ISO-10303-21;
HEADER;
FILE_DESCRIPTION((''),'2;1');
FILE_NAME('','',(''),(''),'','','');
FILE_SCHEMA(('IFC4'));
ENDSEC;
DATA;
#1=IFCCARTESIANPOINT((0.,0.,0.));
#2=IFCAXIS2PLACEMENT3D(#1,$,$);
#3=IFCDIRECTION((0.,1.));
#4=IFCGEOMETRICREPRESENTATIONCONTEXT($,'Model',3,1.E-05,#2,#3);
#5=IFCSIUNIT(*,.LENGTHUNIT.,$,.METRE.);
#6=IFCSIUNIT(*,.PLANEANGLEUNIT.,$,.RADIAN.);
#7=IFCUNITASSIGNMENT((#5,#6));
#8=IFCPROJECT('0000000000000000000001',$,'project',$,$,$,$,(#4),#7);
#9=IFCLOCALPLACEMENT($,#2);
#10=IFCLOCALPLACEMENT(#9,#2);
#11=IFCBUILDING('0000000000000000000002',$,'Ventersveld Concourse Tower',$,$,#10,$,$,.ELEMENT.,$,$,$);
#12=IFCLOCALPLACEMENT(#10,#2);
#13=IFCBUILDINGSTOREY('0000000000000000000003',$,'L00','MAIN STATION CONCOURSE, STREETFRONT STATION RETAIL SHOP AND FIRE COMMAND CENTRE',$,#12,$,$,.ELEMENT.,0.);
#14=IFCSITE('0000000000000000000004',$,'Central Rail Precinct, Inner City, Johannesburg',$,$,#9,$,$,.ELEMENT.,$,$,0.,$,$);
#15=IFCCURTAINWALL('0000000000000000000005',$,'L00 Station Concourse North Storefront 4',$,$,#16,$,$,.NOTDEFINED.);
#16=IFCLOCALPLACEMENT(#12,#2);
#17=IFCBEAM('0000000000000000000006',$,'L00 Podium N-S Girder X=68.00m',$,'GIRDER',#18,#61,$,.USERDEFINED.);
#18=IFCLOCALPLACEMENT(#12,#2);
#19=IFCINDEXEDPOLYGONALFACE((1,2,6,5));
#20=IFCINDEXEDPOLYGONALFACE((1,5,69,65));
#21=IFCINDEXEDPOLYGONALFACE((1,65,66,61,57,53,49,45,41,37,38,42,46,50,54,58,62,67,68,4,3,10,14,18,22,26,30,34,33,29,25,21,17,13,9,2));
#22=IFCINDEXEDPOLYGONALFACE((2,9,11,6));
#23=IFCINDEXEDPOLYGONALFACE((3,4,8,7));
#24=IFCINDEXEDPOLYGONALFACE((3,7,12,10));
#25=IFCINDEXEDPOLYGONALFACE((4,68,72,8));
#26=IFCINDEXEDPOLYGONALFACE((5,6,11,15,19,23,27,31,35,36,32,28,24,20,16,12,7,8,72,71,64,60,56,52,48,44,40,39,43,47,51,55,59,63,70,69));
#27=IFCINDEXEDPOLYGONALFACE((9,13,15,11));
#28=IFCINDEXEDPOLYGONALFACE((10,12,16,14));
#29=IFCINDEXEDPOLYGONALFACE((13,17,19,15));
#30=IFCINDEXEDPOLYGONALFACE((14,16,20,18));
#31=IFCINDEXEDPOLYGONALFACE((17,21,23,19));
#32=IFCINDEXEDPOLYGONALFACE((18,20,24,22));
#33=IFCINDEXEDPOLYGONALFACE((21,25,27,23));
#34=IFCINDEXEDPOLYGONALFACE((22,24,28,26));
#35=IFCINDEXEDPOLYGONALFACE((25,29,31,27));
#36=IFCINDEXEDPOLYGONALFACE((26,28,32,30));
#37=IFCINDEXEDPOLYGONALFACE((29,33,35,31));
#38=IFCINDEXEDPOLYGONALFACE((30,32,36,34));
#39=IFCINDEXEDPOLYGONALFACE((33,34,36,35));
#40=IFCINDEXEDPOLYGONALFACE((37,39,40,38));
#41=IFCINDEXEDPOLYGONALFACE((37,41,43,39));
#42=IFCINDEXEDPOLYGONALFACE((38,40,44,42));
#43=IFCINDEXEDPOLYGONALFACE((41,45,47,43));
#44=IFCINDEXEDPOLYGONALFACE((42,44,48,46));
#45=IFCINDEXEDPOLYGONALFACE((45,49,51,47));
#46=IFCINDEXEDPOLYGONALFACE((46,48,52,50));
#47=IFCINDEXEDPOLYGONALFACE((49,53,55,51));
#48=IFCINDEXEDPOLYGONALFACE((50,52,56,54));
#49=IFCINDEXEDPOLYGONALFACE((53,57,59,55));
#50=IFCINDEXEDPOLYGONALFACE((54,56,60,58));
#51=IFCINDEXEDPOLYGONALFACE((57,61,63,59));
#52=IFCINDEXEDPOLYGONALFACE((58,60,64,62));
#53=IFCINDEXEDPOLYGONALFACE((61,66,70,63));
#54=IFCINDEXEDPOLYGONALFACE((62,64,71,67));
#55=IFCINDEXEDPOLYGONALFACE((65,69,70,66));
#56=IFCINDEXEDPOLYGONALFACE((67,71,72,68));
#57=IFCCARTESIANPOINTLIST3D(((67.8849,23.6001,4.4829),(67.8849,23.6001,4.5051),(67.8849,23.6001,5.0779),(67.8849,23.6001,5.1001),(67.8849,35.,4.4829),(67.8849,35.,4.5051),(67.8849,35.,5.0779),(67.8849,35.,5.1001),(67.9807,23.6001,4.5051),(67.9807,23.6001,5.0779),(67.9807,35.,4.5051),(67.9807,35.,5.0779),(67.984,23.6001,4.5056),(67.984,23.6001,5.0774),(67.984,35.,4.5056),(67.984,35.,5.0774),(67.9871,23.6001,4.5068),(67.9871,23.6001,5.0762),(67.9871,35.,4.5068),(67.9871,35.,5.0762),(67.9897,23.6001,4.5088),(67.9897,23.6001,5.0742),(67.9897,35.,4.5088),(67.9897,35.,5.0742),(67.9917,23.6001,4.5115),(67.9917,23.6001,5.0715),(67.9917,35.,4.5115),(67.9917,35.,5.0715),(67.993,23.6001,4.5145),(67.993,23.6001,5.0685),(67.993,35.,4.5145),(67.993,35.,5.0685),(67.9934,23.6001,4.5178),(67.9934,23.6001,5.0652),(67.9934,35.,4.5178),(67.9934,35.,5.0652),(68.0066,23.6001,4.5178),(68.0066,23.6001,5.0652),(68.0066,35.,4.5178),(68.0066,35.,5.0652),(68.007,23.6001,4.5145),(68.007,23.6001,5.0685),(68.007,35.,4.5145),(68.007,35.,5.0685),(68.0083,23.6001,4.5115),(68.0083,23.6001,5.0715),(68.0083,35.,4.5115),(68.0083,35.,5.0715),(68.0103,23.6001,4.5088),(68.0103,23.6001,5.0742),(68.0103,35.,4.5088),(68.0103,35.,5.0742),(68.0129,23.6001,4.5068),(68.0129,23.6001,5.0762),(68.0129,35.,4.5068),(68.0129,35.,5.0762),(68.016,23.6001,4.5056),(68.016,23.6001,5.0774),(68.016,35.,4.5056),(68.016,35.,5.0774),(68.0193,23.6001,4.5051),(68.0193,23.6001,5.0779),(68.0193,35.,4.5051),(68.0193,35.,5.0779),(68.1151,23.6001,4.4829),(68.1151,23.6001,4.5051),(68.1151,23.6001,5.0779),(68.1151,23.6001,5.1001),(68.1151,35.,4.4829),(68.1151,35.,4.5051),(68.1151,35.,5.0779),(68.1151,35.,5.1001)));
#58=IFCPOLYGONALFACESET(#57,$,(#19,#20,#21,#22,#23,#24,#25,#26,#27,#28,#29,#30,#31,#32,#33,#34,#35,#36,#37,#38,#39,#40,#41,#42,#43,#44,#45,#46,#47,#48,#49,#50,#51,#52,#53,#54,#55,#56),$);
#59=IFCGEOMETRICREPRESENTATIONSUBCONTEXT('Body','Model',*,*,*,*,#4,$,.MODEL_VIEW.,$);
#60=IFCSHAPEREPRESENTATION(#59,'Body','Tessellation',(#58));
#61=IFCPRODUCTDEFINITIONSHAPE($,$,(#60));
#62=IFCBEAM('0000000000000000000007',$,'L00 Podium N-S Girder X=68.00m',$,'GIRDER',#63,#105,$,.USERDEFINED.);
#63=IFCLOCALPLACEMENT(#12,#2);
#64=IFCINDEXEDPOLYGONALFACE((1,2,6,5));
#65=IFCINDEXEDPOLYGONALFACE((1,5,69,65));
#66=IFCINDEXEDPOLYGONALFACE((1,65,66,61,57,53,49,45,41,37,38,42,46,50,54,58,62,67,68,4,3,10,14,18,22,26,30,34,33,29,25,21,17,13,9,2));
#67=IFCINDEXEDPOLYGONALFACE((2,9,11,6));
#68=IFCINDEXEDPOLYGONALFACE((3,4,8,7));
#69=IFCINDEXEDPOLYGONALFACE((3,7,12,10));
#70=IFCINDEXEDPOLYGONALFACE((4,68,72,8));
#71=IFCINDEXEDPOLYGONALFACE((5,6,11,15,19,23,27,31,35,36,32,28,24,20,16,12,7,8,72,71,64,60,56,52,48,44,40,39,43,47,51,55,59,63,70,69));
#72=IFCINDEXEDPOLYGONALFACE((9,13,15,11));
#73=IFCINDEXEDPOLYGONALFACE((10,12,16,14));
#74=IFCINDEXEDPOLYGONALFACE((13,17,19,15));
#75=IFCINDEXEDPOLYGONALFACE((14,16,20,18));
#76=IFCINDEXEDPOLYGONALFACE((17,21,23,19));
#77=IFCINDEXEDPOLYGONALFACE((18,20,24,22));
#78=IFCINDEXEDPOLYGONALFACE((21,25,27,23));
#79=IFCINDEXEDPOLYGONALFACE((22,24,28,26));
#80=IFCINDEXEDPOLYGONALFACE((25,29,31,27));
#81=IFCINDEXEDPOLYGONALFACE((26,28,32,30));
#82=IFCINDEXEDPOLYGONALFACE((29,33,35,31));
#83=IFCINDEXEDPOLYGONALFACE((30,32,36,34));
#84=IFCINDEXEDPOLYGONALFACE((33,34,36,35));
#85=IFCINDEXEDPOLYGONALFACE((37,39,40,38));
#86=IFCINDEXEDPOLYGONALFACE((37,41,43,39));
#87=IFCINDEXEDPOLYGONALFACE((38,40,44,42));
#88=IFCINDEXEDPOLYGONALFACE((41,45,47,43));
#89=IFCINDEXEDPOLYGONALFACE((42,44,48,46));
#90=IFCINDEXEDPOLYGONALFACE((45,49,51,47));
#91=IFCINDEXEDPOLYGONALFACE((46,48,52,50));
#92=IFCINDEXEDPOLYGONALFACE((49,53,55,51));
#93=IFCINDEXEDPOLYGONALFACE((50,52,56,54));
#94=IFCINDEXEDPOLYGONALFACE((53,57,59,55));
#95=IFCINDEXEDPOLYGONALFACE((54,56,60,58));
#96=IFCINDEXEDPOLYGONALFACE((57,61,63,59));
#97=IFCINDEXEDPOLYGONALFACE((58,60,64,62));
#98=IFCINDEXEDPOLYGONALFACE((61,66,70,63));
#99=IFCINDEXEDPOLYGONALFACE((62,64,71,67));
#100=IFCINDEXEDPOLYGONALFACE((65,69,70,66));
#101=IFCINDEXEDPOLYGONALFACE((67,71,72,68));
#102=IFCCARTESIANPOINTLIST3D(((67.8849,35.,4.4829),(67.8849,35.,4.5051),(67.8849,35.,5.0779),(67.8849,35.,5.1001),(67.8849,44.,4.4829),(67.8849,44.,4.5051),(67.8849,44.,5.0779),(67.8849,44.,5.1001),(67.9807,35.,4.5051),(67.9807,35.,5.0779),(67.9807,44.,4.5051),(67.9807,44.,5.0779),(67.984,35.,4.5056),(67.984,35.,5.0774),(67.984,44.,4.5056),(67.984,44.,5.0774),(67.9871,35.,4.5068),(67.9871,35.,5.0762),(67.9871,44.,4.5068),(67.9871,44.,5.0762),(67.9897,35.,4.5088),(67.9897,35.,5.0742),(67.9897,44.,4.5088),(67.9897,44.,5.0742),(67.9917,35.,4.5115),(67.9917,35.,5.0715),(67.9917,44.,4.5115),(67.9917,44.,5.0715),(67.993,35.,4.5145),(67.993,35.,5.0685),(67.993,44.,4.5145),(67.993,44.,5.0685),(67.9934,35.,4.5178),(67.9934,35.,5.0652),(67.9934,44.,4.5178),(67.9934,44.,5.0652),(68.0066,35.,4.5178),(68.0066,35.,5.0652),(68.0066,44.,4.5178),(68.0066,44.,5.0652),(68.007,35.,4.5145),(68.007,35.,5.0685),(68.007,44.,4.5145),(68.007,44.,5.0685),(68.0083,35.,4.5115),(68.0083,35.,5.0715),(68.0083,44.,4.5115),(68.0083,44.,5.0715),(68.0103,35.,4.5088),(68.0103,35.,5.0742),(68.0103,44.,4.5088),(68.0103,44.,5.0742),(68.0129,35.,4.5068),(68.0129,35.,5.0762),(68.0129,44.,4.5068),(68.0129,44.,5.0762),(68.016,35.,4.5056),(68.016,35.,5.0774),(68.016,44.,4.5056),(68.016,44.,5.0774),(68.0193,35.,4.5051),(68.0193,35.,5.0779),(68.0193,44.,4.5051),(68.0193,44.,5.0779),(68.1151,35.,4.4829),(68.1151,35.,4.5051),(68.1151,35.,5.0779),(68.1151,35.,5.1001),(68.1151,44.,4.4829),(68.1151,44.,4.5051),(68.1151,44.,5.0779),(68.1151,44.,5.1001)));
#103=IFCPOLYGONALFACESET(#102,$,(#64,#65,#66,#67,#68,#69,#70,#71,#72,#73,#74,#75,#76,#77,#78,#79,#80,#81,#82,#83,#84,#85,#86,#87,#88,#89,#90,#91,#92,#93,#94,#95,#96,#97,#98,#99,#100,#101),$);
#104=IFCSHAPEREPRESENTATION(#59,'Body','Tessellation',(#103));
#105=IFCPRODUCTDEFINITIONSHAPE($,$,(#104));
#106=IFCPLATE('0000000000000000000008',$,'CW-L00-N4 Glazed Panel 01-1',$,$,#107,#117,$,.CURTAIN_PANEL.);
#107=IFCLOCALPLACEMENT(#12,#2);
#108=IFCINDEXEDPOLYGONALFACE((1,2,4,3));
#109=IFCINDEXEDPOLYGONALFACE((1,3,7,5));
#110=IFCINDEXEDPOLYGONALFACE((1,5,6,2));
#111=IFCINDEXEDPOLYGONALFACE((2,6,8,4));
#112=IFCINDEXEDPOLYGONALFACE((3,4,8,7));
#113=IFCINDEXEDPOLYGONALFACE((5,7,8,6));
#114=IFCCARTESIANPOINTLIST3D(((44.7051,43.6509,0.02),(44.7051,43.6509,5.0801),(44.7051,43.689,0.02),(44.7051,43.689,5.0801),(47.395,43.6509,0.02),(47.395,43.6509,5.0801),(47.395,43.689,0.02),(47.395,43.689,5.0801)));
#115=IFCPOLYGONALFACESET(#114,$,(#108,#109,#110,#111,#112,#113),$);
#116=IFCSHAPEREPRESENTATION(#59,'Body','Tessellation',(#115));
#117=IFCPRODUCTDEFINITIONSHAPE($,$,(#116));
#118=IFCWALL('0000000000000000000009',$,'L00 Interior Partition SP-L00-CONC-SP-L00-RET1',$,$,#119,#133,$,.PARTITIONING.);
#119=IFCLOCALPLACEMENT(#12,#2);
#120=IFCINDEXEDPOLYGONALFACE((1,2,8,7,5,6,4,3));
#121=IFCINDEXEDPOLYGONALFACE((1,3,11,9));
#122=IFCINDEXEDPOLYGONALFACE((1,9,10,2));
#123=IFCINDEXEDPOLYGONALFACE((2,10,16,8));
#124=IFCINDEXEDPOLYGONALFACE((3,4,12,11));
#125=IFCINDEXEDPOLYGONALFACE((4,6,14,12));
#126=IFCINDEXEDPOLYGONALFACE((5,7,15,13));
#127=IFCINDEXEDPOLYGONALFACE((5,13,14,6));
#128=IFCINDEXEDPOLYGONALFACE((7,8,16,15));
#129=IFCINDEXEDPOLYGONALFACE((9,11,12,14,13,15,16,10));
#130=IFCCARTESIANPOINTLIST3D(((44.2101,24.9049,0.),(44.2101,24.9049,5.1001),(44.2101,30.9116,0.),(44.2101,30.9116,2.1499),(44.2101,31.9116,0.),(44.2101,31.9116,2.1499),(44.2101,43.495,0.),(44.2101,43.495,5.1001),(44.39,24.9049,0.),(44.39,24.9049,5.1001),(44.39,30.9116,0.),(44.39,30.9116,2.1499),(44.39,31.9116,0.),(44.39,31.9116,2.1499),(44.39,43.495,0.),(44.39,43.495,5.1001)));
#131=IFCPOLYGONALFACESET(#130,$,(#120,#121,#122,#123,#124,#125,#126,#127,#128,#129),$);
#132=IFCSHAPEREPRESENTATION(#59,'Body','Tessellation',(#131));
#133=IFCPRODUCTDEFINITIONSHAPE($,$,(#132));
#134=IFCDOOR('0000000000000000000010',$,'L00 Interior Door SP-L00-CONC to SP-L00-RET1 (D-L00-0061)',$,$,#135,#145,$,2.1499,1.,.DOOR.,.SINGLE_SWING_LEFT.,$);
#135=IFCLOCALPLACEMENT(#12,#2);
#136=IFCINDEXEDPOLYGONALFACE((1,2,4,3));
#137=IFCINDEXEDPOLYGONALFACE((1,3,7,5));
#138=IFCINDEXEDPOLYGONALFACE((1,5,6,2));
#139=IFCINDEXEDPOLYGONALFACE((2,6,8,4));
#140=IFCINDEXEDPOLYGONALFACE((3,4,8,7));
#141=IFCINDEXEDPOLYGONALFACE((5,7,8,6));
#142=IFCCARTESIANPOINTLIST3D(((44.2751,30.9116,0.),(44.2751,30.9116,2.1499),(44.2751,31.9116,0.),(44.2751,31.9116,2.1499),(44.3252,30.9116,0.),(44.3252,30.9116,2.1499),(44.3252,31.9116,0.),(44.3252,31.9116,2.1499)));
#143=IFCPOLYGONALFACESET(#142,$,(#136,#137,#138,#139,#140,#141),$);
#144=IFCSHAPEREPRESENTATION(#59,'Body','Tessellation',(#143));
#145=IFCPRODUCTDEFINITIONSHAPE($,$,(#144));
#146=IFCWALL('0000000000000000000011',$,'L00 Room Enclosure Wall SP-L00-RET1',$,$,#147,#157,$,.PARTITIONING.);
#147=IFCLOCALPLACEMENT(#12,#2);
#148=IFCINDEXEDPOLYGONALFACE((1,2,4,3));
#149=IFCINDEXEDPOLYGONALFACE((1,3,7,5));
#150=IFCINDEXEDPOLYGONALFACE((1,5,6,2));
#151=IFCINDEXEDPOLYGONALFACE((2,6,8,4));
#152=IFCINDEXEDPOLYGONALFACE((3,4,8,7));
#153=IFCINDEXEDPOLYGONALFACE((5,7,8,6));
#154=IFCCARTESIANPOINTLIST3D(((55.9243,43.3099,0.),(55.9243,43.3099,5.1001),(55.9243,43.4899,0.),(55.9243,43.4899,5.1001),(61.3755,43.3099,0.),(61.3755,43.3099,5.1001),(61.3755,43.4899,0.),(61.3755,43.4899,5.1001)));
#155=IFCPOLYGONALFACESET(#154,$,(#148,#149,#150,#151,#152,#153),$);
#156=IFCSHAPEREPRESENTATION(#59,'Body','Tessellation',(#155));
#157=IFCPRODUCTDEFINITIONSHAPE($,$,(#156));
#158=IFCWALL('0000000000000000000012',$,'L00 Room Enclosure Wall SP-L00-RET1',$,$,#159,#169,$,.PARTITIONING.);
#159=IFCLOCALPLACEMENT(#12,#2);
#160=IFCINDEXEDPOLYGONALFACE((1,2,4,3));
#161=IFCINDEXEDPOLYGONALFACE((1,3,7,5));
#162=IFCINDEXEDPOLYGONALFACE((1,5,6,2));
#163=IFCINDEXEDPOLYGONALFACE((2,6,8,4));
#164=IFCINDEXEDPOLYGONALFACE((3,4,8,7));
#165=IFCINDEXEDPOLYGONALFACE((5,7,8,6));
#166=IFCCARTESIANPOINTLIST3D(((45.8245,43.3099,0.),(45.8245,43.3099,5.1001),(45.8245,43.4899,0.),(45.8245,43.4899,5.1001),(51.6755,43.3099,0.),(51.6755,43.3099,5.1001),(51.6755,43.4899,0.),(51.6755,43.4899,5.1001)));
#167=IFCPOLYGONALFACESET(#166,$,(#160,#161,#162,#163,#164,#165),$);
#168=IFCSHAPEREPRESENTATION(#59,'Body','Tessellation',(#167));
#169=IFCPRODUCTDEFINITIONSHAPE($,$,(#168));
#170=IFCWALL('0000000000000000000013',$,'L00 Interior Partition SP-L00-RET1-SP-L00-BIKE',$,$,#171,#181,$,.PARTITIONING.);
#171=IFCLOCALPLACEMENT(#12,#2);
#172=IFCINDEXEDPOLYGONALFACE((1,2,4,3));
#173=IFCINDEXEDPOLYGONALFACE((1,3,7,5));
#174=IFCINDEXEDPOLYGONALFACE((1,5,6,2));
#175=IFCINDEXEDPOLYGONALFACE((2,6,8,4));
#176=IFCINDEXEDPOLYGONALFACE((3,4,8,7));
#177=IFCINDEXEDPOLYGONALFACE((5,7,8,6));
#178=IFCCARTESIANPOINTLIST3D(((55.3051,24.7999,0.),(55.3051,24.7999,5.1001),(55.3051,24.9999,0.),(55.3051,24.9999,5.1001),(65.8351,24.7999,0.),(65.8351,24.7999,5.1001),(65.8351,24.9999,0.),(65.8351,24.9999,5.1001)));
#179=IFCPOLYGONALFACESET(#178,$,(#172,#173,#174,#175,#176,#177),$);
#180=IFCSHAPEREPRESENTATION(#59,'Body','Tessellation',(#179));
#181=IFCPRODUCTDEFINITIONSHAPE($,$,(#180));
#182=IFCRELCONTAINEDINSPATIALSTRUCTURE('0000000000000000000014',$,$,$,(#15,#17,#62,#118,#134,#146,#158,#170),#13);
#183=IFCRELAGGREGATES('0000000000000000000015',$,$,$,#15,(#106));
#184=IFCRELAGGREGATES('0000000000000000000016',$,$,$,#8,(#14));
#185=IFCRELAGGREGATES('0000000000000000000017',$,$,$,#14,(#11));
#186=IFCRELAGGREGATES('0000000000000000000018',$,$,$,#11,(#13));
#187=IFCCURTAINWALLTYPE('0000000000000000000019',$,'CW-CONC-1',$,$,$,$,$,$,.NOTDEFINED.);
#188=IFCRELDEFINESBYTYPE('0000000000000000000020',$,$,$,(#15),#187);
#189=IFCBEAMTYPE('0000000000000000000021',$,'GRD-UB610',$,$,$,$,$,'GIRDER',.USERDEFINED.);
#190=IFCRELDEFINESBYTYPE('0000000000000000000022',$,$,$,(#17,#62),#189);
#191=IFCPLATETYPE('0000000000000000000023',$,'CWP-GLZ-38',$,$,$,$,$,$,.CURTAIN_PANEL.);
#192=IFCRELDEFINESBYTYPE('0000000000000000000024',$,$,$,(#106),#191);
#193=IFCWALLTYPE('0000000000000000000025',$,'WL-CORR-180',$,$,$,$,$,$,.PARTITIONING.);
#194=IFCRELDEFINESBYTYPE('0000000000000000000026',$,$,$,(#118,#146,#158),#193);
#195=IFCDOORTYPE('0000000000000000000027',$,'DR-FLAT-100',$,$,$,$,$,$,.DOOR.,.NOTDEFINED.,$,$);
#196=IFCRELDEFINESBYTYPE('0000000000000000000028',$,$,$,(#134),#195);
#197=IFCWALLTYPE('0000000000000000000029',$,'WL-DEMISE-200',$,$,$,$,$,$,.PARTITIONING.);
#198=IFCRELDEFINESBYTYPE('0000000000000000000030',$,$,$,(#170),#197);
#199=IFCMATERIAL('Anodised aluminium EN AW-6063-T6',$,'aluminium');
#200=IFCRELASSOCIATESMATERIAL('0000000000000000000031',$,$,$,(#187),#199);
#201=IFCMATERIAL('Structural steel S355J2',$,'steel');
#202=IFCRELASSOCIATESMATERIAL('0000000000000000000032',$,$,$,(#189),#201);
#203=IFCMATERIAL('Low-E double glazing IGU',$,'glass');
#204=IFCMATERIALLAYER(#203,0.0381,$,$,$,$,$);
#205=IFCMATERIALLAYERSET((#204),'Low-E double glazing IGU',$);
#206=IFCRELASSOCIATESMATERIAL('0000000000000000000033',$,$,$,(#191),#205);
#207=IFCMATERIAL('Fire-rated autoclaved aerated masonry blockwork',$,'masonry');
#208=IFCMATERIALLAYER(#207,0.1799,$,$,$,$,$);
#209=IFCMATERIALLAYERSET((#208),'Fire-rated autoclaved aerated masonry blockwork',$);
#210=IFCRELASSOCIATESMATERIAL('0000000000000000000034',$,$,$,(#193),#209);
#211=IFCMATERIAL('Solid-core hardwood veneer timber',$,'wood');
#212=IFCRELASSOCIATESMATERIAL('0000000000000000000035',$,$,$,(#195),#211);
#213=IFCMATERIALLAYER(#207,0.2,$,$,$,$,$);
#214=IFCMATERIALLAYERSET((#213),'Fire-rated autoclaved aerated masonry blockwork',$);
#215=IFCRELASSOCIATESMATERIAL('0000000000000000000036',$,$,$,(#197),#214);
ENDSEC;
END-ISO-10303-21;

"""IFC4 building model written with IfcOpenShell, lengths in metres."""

from ifc_helpers import new_model, si_unit, direction, frame, frame_2d, origin, origin_2d, place, context, subcontext, project, spatial, rectangle, i_section, extrude, material, layer, layer_set, material_profile, profile_set, type_object, element, fill, aggregate, save


model = new_model("IFC4")

# Units and contexts
model_context = context("Model", 3, precision=1e-05, world=origin(), true_north=direction((0.0, 1.0)))
body_context = subcontext(model_context, "Body", "Model", "MODEL_VIEW")
ifc_project = project(units=[si_unit("LENGTHUNIT", "METRE"), si_unit("PLANEANGLEUNIT", "RADIAN")], contexts=[model_context])

# Site, building, storey
site_placement = place(None, origin())
site = spatial("IfcSite", under=ifc_project, at=site_placement, Name="Central Rail Precinct, Inner City, Johannesburg", CompositionType="ELEMENT", RefElevation=0.0)
building_placement = place(site_placement, origin())
building = spatial("IfcBuilding", under=site, at=building_placement, Name="Ventersveld Concourse Tower", CompositionType="ELEMENT")
storey_placement = place(building_placement, origin())
storey = spatial("IfcBuildingStorey", under=building, at=storey_placement, Name="L00", Description="MAIN STATION CONCOURSE, STREETFRONT STATION RETAIL SHOP AND FIRE COMMAND CENTRE", CompositionType="ELEMENT", Elevation=0.0)

# Curtain wall
ifc_material_1 = material(Name="Anodised aluminium EN AW-6063-T6", Category="aluminium")
curtain_wall_type = type_object("IfcCurtainWallType", Name="CW-CONC-1", PredefinedType="NOTDEFINED", material=ifc_material_1)
curtain_wall_placement = place(storey_placement, origin())
curtain_wall = element("IfcCurtainWall", 1, at=curtain_wall_placement, inside=storey, type_object=curtain_wall_type, Name="L00 Station Concourse North Storefront 4", PredefinedType="NOTDEFINED")

# Beams
ifc_material_2 = material(Name="Structural steel S355J2", Category="steel")
ifc_material_profile_1 = material_profile(ifc_material_2, i_section(OverallWidth=0.2302, OverallDepth=0.6172, WebThickness=0.0132, FlangeThickness=0.0222, FilletRadius=0.0127, at=origin_2d()), Name="UB 610x229x140")
ifc_profile_set_1 = profile_set([ifc_material_profile_1], Name="Structural steel S355J2")
beam_type_1 = type_object("IfcBeamType", Name="GRD-UB610", ElementType="GIRDER", PredefinedType="USERDEFINED", material=ifc_profile_set_1)
beam_1_placement = place(storey_placement, frame((68.0, 23.6001, 4.7915), z_axis=(0.0, 1.0, 0.0), x_axis=(-1.0, 0.0, 0.0)))
element("IfcBeam", 2, at=beam_1_placement, inside=storey, type_object=beam_type_1, Name="L00 Podium N-S Girder X=68.00m", ObjectType="GIRDER", PredefinedType="USERDEFINED", context=body_context, shape_type="SweptSolid", body=[
    extrude(i_section(OverallWidth=0.2302, OverallDepth=0.6172, WebThickness=0.0132, FlangeThickness=0.0222, FilletRadius=0.0127, at=origin_2d()), origin(), (0.0, 0.0, 1.0), 11.3999),
])
beam_2_placement = place(storey_placement, frame((68.0, 35.0, 4.7915), z_axis=(0.0, 1.0, 0.0), x_axis=(-1.0, 0.0, 0.0)))
element("IfcBeam", 3, at=beam_2_placement, inside=storey, type_object=beam_type_1, Name="L00 Podium N-S Girder X=68.00m", ObjectType="GIRDER", PredefinedType="USERDEFINED", context=body_context, shape_type="SweptSolid", body=[
    extrude(i_section(OverallWidth=0.2302, OverallDepth=0.6172, WebThickness=0.0132, FlangeThickness=0.0222, FilletRadius=0.0127, at=origin_2d()), origin(), (0.0, 0.0, 1.0), 9.0),
])

# Plate
ifc_material_3 = material(Name="Low-E double glazing IGU", Category="glass")
ifc_layer_1 = layer(ifc_material_3, 0.0381)
ifc_layer_set_1 = layer_set([ifc_layer_1], Name="Low-E double glazing IGU")
plate_type = type_object("IfcPlateType", Name="CWP-GLZ-38", PredefinedType="CURTAIN_PANEL", material=ifc_layer_set_1)
plate_placement = place(storey_placement, frame((46.05, 43.6699, 0.02), z_axis=(0.0, 0.0, 1.0), x_axis=(1.0, 0.0, 0.0)))
plate = element("IfcPlate", 4, at=plate_placement, type_object=plate_type, Name="CW-L00-N4 Glazed Panel 01-1", PredefinedType="CURTAIN_PANEL", context=body_context, shape_type="SweptSolid", body=[
    extrude(rectangle(XDim=2.6899, YDim=0.0381, at=origin_2d()), origin(), (0.0, 0.0, 1.0), 5.0601),
])
aggregate(curtain_wall, [plate])

# Wall, opening, door
ifc_material_4 = material(Name="Fire-rated autoclaved aerated masonry blockwork", Category="masonry")
ifc_layer_2 = layer(ifc_material_4, 0.1799)
ifc_layer_set_2 = layer_set([ifc_layer_2], Name="Fire-rated autoclaved aerated masonry blockwork")
wall_type_1 = type_object("IfcWallType", Name="WL-CORR-180", PredefinedType="PARTITIONING", material=ifc_layer_set_2)
wall_1_placement = place(storey_placement, frame((44.3, 24.905, 0.0), z_axis=(0.0, 0.0, 1.0), x_axis=(0.0, 1.0, 0.0)))
wall_1 = element("IfcWall", 5, at=wall_1_placement, inside=storey, type_object=wall_type_1, Name="L00 Interior Partition SP-L00-CONC-SP-L00-RET1", PredefinedType="PARTITIONING", context=body_context, shape_type="SweptSolid", body=[
    extrude(rectangle(XDim=18.5901, YDim=0.1799, at=frame_2d((9.2949, 0.0))), origin(), (0.0, 0.0, 1.0), 5.1001),
])
opening_1_placement = place(wall_1_placement, frame((6.0066, 0.0, 0.0)))
opening_1 = element("IfcOpeningElement", 6, at=opening_1_placement, cuts=wall_1, PredefinedType="OPENING", context=body_context, shape_type="SweptSolid", body=[
    extrude(rectangle(XDim=1.0, YDim=2.1499, at=frame_2d((0.5, 1.075))), frame((0.0, 0.1001, 0.0), z_axis=(0.0, -1.0, 0.0), x_axis=(1.0, 0.0, 0.0)), (0.0, 0.0, 1.0), 0.2),
])
ifc_material_5 = material(Name="Solid-core hardwood veneer timber", Category="wood")
door_type = type_object("IfcDoorType", Name="DR-FLAT-100", OperationType="NOTDEFINED", PredefinedType="DOOR", material=ifc_material_5)
door_1_placement = place(opening_1_placement, origin())
door_1 = element("IfcDoor", 7, at=door_1_placement, inside=storey, type_object=door_type, Name="L00 Interior Door SP-L00-CONC to SP-L00-RET1 (D-L00-0061)", OperationType="SINGLE_SWING_LEFT", OverallHeight=2.1499, OverallWidth=1.0, PredefinedType="DOOR", context=body_context, shape_type="SweptSolid", body=[
    extrude(rectangle(XDim=1.0, YDim=2.1499, at=frame_2d((0.5, 1.075))), frame((0.0, 0.0249, 0.0), z_axis=(0.0, -1.0, 0.0), x_axis=(1.0, 0.0, 0.0)), (0.0, 0.0, 1.0), 0.05),
])
fill(opening_1, door_1)

# Walls
wall_2_placement = place(storey_placement, frame((61.3755, 43.3999, 0.0), z_axis=(0.0, 0.0, 1.0), x_axis=(-1.0, 0.0, 0.0)))
element("IfcWall", 8, at=wall_2_placement, inside=storey, type_object=wall_type_1, Name="L00 Room Enclosure Wall SP-L00-RET1", PredefinedType="PARTITIONING", context=body_context, shape_type="SweptSolid", body=[
    extrude(rectangle(XDim=5.4512, YDim=0.1799, at=frame_2d((2.7256, 0.0))), origin(), (0.0, 0.0, 1.0), 5.1001),
])
wall_3_placement = place(storey_placement, frame((51.6755, 43.3999, 0.0), z_axis=(0.0, 0.0, 1.0), x_axis=(-1.0, 0.0, 0.0)))
element("IfcWall", 9, at=wall_3_placement, inside=storey, type_object=wall_type_1, Name="L00 Room Enclosure Wall SP-L00-RET1", PredefinedType="PARTITIONING", context=body_context, shape_type="SweptSolid", body=[
    extrude(rectangle(XDim=5.8511, YDim=0.1799, at=frame_2d((2.9255, 0.0))), origin(), (0.0, 0.0, 1.0), 5.1001),
])
ifc_layer_3 = layer(ifc_material_4, 0.2)
ifc_layer_set_3 = layer_set([ifc_layer_3], Name="Fire-rated autoclaved aerated masonry blockwork")
wall_type_2 = type_object("IfcWallType", Name="WL-DEMISE-200", PredefinedType="PARTITIONING", material=ifc_layer_set_3)
wall_4_placement = place(storey_placement, frame((55.3049, 24.8999, 0.0), z_axis=(0.0, 0.0, 1.0), x_axis=(1.0, 0.0, 0.0)))
element("IfcWall", 10, at=wall_4_placement, inside=storey, type_object=wall_type_2, Name="L00 Interior Partition SP-L00-RET1-SP-L00-BIKE", PredefinedType="PARTITIONING", context=body_context, shape_type="SweptSolid", body=[
    extrude(rectangle(XDim=10.53, YDim=0.2, at=frame_2d((5.2651, 0.0))), origin(), (0.0, 0.0, 1.0), 5.1001),
])

save(model, "model.ifc")
